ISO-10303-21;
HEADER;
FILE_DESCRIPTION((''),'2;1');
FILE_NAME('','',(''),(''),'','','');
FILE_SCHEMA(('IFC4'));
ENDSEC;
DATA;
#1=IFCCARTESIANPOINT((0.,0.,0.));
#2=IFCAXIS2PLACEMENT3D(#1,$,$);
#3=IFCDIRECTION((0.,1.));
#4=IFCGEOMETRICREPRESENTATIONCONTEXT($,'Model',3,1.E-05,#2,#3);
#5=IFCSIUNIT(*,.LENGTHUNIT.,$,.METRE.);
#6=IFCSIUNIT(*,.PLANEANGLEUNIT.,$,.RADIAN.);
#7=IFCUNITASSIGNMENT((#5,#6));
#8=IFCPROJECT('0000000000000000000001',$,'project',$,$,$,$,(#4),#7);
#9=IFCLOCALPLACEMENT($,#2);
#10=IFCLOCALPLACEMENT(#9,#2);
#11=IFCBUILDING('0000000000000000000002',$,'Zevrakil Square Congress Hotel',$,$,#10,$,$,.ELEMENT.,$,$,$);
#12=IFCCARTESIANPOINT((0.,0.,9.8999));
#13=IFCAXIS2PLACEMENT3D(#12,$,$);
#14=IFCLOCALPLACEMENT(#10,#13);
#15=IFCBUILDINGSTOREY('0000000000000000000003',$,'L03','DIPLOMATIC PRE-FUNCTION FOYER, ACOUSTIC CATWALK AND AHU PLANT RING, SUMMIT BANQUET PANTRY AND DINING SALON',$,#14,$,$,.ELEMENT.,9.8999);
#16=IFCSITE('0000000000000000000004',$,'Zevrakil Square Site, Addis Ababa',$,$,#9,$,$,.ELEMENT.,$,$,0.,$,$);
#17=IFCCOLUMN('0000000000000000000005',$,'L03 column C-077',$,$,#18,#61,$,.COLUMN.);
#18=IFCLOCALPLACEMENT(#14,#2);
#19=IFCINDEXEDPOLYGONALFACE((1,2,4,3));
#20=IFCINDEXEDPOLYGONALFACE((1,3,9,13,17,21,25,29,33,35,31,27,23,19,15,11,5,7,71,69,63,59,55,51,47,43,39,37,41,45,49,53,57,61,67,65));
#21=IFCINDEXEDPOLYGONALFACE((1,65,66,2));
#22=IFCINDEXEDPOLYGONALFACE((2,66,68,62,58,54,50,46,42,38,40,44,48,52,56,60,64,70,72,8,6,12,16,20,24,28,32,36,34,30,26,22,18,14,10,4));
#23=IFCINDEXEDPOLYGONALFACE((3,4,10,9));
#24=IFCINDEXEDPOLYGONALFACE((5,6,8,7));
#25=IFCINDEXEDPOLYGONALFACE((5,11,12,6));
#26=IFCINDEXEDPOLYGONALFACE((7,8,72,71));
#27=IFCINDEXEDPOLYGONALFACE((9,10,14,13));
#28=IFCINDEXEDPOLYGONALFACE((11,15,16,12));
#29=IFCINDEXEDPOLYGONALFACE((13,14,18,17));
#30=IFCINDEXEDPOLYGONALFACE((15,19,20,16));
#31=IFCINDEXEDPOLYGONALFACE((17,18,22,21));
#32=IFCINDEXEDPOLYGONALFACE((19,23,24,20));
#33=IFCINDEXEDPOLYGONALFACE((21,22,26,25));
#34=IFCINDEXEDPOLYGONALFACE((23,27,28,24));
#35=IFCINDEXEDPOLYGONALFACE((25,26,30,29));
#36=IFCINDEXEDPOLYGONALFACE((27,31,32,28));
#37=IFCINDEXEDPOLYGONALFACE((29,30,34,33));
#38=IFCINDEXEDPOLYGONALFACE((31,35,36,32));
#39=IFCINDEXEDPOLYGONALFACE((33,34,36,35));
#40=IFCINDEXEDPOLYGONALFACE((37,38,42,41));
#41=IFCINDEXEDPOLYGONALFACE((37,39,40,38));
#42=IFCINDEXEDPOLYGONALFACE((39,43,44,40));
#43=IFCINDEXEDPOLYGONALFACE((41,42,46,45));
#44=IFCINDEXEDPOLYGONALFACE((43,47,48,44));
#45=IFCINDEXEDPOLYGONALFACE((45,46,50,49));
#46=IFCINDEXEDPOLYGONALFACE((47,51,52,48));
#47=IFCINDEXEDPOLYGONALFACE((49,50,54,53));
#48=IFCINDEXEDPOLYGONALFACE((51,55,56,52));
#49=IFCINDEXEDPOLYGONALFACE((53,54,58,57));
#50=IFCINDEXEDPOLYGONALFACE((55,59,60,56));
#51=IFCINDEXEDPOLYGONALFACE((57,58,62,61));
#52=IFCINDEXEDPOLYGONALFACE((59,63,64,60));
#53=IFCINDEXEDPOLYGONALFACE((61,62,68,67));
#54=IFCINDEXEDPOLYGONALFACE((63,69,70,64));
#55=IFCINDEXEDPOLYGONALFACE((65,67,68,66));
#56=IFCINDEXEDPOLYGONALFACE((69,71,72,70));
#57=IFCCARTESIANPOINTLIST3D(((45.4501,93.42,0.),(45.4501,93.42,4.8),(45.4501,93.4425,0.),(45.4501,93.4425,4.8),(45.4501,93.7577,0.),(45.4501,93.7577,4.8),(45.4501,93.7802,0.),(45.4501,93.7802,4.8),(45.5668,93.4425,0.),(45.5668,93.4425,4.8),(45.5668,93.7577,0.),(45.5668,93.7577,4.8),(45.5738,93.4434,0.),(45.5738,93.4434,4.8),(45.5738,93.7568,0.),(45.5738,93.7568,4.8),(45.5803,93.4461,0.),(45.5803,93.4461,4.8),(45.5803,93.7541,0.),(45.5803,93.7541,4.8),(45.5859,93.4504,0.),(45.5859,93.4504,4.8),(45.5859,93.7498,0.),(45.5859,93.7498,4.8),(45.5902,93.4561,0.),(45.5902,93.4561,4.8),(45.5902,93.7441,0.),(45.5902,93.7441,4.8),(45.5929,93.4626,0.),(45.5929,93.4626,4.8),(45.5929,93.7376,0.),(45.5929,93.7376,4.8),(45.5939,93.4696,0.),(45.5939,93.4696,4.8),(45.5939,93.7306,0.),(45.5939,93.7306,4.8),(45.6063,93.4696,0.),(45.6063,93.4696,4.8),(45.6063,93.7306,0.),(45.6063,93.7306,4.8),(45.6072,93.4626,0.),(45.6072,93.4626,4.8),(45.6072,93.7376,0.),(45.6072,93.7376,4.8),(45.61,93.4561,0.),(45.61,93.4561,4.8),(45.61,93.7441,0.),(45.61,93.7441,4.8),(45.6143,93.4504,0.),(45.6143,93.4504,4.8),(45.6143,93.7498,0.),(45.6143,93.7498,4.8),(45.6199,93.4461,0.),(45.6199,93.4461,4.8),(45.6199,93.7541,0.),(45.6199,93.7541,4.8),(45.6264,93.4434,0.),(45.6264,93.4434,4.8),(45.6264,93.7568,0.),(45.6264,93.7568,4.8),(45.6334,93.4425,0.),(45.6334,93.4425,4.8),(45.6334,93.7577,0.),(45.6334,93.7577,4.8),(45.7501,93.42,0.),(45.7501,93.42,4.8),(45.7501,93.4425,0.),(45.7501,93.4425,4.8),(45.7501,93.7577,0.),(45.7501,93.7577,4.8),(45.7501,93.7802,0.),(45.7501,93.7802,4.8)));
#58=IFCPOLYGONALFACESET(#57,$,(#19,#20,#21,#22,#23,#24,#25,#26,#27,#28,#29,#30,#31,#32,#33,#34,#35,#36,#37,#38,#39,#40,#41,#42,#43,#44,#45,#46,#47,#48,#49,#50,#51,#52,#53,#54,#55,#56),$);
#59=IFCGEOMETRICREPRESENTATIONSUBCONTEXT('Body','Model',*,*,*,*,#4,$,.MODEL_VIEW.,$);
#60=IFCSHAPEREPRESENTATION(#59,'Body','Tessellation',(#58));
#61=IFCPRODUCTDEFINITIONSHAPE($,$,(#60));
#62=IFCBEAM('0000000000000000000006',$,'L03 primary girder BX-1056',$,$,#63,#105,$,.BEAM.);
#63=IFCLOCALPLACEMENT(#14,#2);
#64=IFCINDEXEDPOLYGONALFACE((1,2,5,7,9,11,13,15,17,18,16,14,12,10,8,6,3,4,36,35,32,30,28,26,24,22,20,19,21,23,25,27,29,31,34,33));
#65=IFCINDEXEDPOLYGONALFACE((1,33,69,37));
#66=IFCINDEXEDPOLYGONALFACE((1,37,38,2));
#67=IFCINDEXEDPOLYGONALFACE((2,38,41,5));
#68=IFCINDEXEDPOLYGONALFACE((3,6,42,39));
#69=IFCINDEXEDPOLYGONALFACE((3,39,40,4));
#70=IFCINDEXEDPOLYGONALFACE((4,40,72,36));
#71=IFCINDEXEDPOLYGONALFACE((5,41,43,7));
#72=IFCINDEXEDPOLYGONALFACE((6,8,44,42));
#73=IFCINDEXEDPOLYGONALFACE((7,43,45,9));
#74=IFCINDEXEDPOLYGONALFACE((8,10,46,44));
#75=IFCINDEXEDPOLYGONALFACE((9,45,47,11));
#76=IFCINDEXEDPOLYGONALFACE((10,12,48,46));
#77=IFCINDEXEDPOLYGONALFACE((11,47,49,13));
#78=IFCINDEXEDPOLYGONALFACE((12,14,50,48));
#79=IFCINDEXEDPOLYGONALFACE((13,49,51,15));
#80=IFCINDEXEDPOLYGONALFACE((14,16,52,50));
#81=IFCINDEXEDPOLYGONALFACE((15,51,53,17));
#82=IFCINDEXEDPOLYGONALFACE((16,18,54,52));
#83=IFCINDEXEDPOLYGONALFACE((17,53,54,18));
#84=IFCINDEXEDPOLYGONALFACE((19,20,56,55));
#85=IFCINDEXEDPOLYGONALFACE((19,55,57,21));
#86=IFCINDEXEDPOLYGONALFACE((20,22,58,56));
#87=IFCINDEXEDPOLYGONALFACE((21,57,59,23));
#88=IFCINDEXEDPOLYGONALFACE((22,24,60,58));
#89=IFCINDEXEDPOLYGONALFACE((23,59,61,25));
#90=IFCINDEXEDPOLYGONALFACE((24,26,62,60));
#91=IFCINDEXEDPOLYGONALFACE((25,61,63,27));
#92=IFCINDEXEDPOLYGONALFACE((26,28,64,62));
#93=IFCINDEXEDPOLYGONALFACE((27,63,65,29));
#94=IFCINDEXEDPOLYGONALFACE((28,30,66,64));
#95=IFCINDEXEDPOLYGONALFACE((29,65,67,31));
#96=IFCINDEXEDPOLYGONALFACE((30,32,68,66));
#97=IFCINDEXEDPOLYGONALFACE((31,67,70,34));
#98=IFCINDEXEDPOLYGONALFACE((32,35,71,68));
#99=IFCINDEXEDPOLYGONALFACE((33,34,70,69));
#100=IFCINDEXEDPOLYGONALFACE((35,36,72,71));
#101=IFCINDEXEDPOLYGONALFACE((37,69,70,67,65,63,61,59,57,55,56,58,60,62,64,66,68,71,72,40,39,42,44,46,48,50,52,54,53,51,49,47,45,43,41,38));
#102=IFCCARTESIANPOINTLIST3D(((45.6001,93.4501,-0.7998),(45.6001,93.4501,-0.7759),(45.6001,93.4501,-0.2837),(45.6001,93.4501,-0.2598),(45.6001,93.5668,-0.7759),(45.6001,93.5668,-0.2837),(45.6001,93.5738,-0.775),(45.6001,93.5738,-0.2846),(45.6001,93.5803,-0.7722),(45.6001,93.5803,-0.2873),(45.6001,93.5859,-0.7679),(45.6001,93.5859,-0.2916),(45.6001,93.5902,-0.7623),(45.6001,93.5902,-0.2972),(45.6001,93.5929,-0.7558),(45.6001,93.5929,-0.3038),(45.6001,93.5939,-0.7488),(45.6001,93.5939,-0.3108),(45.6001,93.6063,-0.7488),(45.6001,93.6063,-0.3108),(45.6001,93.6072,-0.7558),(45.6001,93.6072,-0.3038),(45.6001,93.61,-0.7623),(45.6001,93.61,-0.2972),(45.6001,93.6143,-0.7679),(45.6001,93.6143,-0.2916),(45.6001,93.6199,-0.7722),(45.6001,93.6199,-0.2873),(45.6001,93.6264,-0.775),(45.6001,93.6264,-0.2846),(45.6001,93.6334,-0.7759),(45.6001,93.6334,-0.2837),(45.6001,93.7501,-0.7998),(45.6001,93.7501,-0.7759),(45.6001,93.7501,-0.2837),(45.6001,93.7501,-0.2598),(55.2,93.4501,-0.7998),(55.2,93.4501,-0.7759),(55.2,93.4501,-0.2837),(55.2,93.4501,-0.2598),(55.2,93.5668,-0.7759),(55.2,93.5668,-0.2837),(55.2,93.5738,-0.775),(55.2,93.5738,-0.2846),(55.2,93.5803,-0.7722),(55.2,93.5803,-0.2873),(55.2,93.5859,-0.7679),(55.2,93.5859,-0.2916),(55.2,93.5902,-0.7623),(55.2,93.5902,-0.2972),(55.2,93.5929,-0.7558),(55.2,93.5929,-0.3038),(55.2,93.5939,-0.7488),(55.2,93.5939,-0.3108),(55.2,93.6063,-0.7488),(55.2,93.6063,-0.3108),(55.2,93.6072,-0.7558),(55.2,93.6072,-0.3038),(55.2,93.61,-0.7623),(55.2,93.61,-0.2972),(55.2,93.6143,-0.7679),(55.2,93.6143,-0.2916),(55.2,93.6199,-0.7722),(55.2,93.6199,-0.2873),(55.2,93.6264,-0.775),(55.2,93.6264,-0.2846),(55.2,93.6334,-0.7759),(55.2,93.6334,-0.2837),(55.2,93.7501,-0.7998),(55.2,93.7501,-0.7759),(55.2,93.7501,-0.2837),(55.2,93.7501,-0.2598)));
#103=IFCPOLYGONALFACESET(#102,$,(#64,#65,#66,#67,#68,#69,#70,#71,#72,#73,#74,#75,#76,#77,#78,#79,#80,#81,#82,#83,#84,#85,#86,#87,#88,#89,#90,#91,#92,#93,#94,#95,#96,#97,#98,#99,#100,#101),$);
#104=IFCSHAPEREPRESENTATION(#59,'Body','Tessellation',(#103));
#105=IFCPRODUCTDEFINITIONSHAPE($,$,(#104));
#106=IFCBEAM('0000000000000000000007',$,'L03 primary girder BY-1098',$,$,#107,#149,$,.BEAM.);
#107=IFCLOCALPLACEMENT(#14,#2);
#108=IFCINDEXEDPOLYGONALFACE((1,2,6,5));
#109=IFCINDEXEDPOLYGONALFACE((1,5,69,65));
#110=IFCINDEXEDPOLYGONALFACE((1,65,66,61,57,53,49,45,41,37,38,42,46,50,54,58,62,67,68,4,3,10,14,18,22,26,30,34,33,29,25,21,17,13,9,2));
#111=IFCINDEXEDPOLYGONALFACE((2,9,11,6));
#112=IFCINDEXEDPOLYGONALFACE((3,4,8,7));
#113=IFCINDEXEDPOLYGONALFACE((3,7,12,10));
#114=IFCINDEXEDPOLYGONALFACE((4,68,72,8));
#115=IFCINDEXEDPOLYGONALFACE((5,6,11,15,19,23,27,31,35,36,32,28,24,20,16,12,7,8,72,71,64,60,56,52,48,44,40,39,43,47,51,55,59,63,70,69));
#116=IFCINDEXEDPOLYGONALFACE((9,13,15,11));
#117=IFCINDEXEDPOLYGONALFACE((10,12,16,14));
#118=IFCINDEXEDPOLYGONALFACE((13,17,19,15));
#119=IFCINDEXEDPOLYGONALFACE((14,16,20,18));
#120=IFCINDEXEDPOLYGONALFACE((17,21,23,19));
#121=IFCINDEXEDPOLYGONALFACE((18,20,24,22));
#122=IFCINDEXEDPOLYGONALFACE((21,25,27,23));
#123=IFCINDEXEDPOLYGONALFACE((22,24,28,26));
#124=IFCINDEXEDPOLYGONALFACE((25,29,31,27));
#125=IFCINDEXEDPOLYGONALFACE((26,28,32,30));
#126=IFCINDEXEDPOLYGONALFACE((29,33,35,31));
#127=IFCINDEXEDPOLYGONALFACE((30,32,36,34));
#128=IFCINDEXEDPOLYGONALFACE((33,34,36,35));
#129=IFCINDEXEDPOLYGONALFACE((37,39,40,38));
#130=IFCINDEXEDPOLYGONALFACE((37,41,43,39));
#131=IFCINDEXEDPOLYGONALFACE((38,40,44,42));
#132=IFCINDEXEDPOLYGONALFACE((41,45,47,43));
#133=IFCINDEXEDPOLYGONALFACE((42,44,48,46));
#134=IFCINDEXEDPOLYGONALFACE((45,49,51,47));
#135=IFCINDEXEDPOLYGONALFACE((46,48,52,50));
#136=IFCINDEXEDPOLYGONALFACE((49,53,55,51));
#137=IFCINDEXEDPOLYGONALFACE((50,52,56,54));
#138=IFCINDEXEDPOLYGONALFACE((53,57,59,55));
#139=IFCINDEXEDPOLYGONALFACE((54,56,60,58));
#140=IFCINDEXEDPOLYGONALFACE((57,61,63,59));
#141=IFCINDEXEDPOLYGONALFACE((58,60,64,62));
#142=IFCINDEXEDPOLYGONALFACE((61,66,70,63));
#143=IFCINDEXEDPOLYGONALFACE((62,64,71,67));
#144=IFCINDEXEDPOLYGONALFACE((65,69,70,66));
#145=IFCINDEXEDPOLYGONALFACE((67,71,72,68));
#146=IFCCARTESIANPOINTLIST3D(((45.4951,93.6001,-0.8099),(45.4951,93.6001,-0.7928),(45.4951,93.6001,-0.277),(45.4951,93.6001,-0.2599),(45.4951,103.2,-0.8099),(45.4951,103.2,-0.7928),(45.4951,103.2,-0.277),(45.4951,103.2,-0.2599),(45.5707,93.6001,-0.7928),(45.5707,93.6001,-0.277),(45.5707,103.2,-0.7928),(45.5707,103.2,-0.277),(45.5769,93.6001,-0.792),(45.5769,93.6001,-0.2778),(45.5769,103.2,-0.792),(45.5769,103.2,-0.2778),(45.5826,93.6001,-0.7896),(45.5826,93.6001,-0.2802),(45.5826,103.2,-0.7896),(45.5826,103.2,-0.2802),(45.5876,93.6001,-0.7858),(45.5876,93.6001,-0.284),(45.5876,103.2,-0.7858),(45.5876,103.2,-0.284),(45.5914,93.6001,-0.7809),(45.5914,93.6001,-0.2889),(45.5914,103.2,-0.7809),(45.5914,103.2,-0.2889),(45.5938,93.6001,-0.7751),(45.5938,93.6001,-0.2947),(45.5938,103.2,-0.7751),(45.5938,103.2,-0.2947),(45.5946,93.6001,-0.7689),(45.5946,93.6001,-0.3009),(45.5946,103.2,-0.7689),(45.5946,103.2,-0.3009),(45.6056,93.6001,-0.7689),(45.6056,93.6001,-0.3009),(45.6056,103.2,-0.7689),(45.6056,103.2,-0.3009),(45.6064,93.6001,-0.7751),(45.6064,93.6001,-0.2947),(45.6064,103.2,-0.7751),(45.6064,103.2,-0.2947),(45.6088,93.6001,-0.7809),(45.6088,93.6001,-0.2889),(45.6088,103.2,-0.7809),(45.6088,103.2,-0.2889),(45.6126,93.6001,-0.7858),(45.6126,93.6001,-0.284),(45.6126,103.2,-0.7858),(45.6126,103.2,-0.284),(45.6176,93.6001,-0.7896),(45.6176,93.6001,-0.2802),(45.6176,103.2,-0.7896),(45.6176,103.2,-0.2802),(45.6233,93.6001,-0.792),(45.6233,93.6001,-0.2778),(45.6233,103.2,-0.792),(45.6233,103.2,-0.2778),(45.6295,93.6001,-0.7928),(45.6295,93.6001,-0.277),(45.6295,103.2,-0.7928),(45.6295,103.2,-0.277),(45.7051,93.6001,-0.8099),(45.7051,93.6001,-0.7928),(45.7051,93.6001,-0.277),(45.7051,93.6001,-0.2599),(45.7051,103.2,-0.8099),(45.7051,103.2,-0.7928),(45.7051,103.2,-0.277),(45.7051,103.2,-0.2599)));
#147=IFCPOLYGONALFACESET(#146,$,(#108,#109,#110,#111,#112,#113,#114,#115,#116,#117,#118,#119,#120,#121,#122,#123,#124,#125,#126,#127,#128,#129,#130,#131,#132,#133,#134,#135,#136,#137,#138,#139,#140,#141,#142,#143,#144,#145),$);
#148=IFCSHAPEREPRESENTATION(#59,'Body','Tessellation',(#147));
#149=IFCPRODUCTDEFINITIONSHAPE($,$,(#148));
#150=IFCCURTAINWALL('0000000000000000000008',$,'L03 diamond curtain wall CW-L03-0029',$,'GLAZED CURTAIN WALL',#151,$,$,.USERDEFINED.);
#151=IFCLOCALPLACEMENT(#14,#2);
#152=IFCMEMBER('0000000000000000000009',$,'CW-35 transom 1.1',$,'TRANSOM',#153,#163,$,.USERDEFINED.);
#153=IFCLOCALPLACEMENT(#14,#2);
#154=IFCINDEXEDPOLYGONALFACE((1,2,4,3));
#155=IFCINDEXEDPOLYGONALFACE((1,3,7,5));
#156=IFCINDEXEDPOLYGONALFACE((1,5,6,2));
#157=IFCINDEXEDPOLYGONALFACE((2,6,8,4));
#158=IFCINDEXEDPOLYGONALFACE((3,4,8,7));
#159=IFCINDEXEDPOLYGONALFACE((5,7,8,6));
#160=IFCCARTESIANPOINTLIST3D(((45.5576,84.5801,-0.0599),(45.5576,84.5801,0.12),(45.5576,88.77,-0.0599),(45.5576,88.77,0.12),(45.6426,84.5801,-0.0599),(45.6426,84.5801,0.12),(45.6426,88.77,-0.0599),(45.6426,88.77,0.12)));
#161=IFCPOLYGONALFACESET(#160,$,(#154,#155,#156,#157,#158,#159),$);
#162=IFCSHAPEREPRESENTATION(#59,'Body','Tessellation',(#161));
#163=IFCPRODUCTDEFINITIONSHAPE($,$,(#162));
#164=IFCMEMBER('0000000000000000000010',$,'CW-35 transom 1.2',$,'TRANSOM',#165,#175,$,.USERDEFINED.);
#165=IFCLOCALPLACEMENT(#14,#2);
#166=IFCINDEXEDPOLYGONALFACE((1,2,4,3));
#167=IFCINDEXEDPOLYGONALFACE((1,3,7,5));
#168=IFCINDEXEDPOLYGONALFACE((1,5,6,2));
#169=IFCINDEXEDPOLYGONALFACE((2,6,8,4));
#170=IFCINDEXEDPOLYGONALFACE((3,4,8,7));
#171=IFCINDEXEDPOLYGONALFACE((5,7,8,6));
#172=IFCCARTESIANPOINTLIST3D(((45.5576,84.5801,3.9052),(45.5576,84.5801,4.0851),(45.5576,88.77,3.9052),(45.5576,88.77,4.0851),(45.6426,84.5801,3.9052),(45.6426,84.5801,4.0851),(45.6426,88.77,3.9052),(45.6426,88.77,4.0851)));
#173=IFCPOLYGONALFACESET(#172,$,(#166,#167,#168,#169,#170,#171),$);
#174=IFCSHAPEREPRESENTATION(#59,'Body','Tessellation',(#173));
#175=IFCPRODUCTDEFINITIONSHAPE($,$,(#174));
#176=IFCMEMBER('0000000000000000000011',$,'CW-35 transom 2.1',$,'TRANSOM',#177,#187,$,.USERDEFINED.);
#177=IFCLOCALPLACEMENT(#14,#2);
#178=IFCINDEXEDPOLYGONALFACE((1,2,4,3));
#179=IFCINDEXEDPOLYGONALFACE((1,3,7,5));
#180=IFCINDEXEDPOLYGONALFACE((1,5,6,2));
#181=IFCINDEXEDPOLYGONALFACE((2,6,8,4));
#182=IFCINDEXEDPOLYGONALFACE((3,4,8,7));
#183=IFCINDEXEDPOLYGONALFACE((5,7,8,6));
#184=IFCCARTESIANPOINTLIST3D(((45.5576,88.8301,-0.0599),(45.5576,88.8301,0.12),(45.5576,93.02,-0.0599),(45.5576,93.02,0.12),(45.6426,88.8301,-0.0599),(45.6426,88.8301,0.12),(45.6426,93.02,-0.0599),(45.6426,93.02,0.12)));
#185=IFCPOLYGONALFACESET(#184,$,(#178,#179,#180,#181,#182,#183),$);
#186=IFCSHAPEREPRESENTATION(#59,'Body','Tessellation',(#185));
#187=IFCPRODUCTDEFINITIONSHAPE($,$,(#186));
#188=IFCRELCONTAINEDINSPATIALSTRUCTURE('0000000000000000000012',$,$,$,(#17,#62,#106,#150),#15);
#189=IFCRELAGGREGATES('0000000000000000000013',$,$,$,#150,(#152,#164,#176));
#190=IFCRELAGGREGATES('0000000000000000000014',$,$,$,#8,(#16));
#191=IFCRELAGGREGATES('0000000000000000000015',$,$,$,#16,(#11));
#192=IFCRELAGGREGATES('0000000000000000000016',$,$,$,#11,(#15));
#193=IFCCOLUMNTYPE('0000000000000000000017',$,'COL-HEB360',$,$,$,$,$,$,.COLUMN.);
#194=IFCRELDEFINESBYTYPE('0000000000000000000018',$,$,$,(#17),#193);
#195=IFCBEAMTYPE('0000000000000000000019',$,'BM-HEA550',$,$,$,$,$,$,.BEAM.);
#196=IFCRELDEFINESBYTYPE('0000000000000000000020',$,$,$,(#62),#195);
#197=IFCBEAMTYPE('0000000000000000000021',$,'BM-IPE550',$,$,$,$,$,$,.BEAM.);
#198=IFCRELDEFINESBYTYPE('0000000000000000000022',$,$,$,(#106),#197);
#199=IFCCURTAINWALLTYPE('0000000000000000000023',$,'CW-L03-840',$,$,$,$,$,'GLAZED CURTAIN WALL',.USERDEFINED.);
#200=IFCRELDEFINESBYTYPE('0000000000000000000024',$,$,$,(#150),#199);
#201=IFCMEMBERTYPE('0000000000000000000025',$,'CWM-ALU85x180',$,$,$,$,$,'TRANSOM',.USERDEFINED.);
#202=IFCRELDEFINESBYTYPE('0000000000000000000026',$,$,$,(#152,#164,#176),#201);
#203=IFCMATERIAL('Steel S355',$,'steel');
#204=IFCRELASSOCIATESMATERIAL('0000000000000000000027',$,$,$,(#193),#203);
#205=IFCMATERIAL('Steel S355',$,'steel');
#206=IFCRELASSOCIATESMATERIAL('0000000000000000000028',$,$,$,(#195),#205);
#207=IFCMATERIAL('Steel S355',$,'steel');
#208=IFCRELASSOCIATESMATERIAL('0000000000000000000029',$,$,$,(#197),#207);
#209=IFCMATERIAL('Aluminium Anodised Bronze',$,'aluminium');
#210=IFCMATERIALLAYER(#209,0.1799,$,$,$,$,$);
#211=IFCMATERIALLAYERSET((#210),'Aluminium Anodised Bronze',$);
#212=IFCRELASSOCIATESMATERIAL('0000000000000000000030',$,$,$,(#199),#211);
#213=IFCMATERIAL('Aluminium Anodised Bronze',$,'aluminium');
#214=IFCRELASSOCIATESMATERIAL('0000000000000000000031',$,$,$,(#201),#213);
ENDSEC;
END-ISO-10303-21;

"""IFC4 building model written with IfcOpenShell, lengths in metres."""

from ifc_helpers import new_model, si_unit, direction, frame, origin, origin_2d, place, context, subcontext, project, spatial, rectangle, i_section, extrude, material, layer, layer_set, material_profile, profile_set, type_object, element, aggregate, save


model = new_model("IFC4")

# Units and contexts
model_context = context("Model", 3, precision=1e-05, world=origin(), true_north=direction((0.0, 1.0)))
body_context = subcontext(model_context, "Body", "Model", "MODEL_VIEW")
ifc_project = project(units=[si_unit("LENGTHUNIT", "METRE"), si_unit("PLANEANGLEUNIT", "RADIAN")], contexts=[model_context])

# Site, building, storey
site_placement = place(None, origin())
site = spatial("IfcSite", under=ifc_project, at=site_placement, Name="Zevrakil Square Site, Addis Ababa", CompositionType="ELEMENT", RefElevation=0.0)
building_placement = place(site_placement, origin())
building = spatial("IfcBuilding", under=site, at=building_placement, Name="Zevrakil Square Congress Hotel", CompositionType="ELEMENT")
storey_placement = place(building_placement, frame((0.0, 0.0, 9.8999)))
storey = spatial("IfcBuildingStorey", under=building, at=storey_placement, Name="L03", Description="DIPLOMATIC PRE-FUNCTION FOYER, ACOUSTIC CATWALK AND AHU PLANT RING, SUMMIT BANQUET PANTRY AND DINING SALON", CompositionType="ELEMENT", Elevation=9.8999)

# Column
ifc_material_1 = material(Name="Steel S355", Category="steel")
ifc_material_profile_1 = material_profile(ifc_material_1, i_section(OverallWidth=0.3, OverallDepth=0.3601, WebThickness=0.0125, FlangeThickness=0.0225, FilletRadius=0.0271, at=origin_2d()), Name="HEB 360")
ifc_profile_set_1 = profile_set([ifc_material_profile_1], Name="Steel S355")
column_type = type_object("IfcColumnType", Name="COL-HEB360", PredefinedType="COLUMN", material=ifc_profile_set_1)
column_placement = place(storey_placement, frame((45.6001, 93.6001, 0.0), z_axis=(0.0, 0.0, 1.0), x_axis=(1.0, 0.0, 0.0)))
element("IfcColumn", 1, at=column_placement, inside=storey, type_object=column_type, Name="L03 column C-077", PredefinedType="COLUMN", context=body_context, shape_type="SweptSolid", body=[
    extrude(i_section(OverallWidth=0.3, OverallDepth=0.3601, WebThickness=0.0125, FlangeThickness=0.0225, FilletRadius=0.0271, at=origin_2d()), origin(), (0.0, 0.0, 1.0), 4.8),
])

# Beams
ifc_material_2 = material(Name="Steel S355", Category="steel")
ifc_material_profile_2 = material_profile(ifc_material_2, i_section(OverallWidth=0.3, OverallDepth=0.54, WebThickness=0.0125, FlangeThickness=0.0239, FilletRadius=0.0271, at=origin_2d()), Name="HEA 550")
ifc_profile_set_2 = profile_set([ifc_material_profile_2], Name="Steel S355")
beam_type_1 = type_object("IfcBeamType", Name="BM-HEA550", PredefinedType="BEAM", material=ifc_profile_set_2)
beam_1_placement = place(storey_placement, frame((45.6001, 93.6001, -0.5298), z_axis=(1.0, 0.0, 0.0), x_axis=(0.0, 1.0, 0.0)))
element("IfcBeam", 2, at=beam_1_placement, inside=storey, type_object=beam_type_1, Name="L03 primary girder BX-1056", PredefinedType="BEAM", context=body_context, shape_type="SweptSolid", body=[
    extrude(i_section(OverallWidth=0.3, OverallDepth=0.54, WebThickness=0.0125, FlangeThickness=0.0239, FilletRadius=0.0271, at=origin_2d()), origin(), (0.0, 0.0, 1.0), 9.5999),
])
ifc_material_3 = material(Name="Steel S355", Category="steel")
ifc_material_profile_3 = material_profile(ifc_material_3, i_section(OverallWidth=0.21, OverallDepth=0.55, WebThickness=0.011, FlangeThickness=0.0171, FilletRadius=0.0239, at=origin_2d()), Name="IPE 550")
ifc_profile_set_3 = profile_set([ifc_material_profile_3], Name="Steel S355")
beam_type_2 = type_object("IfcBeamType", Name="BM-IPE550", PredefinedType="BEAM", material=ifc_profile_set_3)
beam_2_placement = place(storey_placement, frame((45.6001, 93.6001, -0.5349), z_axis=(0.0, 1.0, 0.0), x_axis=(-1.0, 0.0, 0.0)))
element("IfcBeam", 3, at=beam_2_placement, inside=storey, type_object=beam_type_2, Name="L03 primary girder BY-1098", PredefinedType="BEAM", context=body_context, shape_type="SweptSolid", body=[
    extrude(i_section(OverallWidth=0.21, OverallDepth=0.55, WebThickness=0.011, FlangeThickness=0.0171, FilletRadius=0.0239, at=origin_2d()), origin(), (0.0, 0.0, 1.0), 9.5999),
])

# Curtain wall, members
ifc_material_4 = material(Name="Aluminium Anodised Bronze", Category="aluminium")
ifc_layer_1 = layer(ifc_material_4, 0.1799)
ifc_layer_set_1 = layer_set([ifc_layer_1], Name="Aluminium Anodised Bronze")
curtain_wall_type = type_object("IfcCurtainWallType", Name="CW-L03-840", ElementType="GLAZED CURTAIN WALL", PredefinedType="USERDEFINED", material=ifc_layer_set_1)
curtain_wall_placement = place(storey_placement, origin())
curtain_wall = element("IfcCurtainWall", 4, at=curtain_wall_placement, inside=storey, type_object=curtain_wall_type, Name="L03 diamond curtain wall CW-L03-0029", ObjectType="GLAZED CURTAIN WALL", PredefinedType="USERDEFINED")
ifc_material_5 = material(Name="Aluminium Anodised Bronze", Category="aluminium")
ifc_material_profile_4 = material_profile(ifc_material_5, rectangle(XDim=0.085, YDim=0.1799, at=origin_2d()), Name="ALU 85x180")
ifc_profile_set_4 = profile_set([ifc_material_profile_4], Name="Aluminium Anodised Bronze")
member_type_1 = type_object("IfcMemberType", Name="CWM-ALU85x180", ElementType="TRANSOM", PredefinedType="USERDEFINED", material=ifc_profile_set_4)
member_1_placement = place(storey_placement, frame((45.6001, 84.5801, 0.03), z_axis=(0.0, 1.0, 0.0), x_axis=(-1.0, 0.0, 0.0)))
member_1 = element("IfcMember", 5, at=member_1_placement, type_object=member_type_1, Name="CW-35 transom 1.1", ObjectType="TRANSOM", PredefinedType="USERDEFINED", context=body_context, shape_type="SweptSolid", body=[
    extrude(rectangle(XDim=0.085, YDim=0.1799, at=origin_2d()), origin(), (0.0, 0.0, 1.0), 4.1899),
])
member_2_placement = place(storey_placement, frame((45.6001, 84.5801, 3.9951), z_axis=(0.0, 1.0, 0.0), x_axis=(-1.0, 0.0, 0.0)))
member_2 = element("IfcMember", 6, at=member_2_placement, type_object=member_type_1, Name="CW-35 transom 1.2", ObjectType="TRANSOM", PredefinedType="USERDEFINED", context=body_context, shape_type="SweptSolid", body=[
    extrude(rectangle(XDim=0.085, YDim=0.1799, at=origin_2d()), origin(), (0.0, 0.0, 1.0), 4.1899),
])
member_3_placement = place(storey_placement, frame((45.6001, 88.8301, 0.03), z_axis=(0.0, 1.0, 0.0), x_axis=(-1.0, 0.0, 0.0)))
member_3 = element("IfcMember", 7, at=member_3_placement, type_object=member_type_1, Name="CW-35 transom 2.1", ObjectType="TRANSOM", PredefinedType="USERDEFINED", context=body_context, shape_type="SweptSolid", body=[
    extrude(rectangle(XDim=0.085, YDim=0.1799, at=origin_2d()), origin(), (0.0, 0.0, 1.0), 4.1899),
])
aggregate(curtain_wall, [member_1, member_2, member_3])

save(model, "model.ifc")
